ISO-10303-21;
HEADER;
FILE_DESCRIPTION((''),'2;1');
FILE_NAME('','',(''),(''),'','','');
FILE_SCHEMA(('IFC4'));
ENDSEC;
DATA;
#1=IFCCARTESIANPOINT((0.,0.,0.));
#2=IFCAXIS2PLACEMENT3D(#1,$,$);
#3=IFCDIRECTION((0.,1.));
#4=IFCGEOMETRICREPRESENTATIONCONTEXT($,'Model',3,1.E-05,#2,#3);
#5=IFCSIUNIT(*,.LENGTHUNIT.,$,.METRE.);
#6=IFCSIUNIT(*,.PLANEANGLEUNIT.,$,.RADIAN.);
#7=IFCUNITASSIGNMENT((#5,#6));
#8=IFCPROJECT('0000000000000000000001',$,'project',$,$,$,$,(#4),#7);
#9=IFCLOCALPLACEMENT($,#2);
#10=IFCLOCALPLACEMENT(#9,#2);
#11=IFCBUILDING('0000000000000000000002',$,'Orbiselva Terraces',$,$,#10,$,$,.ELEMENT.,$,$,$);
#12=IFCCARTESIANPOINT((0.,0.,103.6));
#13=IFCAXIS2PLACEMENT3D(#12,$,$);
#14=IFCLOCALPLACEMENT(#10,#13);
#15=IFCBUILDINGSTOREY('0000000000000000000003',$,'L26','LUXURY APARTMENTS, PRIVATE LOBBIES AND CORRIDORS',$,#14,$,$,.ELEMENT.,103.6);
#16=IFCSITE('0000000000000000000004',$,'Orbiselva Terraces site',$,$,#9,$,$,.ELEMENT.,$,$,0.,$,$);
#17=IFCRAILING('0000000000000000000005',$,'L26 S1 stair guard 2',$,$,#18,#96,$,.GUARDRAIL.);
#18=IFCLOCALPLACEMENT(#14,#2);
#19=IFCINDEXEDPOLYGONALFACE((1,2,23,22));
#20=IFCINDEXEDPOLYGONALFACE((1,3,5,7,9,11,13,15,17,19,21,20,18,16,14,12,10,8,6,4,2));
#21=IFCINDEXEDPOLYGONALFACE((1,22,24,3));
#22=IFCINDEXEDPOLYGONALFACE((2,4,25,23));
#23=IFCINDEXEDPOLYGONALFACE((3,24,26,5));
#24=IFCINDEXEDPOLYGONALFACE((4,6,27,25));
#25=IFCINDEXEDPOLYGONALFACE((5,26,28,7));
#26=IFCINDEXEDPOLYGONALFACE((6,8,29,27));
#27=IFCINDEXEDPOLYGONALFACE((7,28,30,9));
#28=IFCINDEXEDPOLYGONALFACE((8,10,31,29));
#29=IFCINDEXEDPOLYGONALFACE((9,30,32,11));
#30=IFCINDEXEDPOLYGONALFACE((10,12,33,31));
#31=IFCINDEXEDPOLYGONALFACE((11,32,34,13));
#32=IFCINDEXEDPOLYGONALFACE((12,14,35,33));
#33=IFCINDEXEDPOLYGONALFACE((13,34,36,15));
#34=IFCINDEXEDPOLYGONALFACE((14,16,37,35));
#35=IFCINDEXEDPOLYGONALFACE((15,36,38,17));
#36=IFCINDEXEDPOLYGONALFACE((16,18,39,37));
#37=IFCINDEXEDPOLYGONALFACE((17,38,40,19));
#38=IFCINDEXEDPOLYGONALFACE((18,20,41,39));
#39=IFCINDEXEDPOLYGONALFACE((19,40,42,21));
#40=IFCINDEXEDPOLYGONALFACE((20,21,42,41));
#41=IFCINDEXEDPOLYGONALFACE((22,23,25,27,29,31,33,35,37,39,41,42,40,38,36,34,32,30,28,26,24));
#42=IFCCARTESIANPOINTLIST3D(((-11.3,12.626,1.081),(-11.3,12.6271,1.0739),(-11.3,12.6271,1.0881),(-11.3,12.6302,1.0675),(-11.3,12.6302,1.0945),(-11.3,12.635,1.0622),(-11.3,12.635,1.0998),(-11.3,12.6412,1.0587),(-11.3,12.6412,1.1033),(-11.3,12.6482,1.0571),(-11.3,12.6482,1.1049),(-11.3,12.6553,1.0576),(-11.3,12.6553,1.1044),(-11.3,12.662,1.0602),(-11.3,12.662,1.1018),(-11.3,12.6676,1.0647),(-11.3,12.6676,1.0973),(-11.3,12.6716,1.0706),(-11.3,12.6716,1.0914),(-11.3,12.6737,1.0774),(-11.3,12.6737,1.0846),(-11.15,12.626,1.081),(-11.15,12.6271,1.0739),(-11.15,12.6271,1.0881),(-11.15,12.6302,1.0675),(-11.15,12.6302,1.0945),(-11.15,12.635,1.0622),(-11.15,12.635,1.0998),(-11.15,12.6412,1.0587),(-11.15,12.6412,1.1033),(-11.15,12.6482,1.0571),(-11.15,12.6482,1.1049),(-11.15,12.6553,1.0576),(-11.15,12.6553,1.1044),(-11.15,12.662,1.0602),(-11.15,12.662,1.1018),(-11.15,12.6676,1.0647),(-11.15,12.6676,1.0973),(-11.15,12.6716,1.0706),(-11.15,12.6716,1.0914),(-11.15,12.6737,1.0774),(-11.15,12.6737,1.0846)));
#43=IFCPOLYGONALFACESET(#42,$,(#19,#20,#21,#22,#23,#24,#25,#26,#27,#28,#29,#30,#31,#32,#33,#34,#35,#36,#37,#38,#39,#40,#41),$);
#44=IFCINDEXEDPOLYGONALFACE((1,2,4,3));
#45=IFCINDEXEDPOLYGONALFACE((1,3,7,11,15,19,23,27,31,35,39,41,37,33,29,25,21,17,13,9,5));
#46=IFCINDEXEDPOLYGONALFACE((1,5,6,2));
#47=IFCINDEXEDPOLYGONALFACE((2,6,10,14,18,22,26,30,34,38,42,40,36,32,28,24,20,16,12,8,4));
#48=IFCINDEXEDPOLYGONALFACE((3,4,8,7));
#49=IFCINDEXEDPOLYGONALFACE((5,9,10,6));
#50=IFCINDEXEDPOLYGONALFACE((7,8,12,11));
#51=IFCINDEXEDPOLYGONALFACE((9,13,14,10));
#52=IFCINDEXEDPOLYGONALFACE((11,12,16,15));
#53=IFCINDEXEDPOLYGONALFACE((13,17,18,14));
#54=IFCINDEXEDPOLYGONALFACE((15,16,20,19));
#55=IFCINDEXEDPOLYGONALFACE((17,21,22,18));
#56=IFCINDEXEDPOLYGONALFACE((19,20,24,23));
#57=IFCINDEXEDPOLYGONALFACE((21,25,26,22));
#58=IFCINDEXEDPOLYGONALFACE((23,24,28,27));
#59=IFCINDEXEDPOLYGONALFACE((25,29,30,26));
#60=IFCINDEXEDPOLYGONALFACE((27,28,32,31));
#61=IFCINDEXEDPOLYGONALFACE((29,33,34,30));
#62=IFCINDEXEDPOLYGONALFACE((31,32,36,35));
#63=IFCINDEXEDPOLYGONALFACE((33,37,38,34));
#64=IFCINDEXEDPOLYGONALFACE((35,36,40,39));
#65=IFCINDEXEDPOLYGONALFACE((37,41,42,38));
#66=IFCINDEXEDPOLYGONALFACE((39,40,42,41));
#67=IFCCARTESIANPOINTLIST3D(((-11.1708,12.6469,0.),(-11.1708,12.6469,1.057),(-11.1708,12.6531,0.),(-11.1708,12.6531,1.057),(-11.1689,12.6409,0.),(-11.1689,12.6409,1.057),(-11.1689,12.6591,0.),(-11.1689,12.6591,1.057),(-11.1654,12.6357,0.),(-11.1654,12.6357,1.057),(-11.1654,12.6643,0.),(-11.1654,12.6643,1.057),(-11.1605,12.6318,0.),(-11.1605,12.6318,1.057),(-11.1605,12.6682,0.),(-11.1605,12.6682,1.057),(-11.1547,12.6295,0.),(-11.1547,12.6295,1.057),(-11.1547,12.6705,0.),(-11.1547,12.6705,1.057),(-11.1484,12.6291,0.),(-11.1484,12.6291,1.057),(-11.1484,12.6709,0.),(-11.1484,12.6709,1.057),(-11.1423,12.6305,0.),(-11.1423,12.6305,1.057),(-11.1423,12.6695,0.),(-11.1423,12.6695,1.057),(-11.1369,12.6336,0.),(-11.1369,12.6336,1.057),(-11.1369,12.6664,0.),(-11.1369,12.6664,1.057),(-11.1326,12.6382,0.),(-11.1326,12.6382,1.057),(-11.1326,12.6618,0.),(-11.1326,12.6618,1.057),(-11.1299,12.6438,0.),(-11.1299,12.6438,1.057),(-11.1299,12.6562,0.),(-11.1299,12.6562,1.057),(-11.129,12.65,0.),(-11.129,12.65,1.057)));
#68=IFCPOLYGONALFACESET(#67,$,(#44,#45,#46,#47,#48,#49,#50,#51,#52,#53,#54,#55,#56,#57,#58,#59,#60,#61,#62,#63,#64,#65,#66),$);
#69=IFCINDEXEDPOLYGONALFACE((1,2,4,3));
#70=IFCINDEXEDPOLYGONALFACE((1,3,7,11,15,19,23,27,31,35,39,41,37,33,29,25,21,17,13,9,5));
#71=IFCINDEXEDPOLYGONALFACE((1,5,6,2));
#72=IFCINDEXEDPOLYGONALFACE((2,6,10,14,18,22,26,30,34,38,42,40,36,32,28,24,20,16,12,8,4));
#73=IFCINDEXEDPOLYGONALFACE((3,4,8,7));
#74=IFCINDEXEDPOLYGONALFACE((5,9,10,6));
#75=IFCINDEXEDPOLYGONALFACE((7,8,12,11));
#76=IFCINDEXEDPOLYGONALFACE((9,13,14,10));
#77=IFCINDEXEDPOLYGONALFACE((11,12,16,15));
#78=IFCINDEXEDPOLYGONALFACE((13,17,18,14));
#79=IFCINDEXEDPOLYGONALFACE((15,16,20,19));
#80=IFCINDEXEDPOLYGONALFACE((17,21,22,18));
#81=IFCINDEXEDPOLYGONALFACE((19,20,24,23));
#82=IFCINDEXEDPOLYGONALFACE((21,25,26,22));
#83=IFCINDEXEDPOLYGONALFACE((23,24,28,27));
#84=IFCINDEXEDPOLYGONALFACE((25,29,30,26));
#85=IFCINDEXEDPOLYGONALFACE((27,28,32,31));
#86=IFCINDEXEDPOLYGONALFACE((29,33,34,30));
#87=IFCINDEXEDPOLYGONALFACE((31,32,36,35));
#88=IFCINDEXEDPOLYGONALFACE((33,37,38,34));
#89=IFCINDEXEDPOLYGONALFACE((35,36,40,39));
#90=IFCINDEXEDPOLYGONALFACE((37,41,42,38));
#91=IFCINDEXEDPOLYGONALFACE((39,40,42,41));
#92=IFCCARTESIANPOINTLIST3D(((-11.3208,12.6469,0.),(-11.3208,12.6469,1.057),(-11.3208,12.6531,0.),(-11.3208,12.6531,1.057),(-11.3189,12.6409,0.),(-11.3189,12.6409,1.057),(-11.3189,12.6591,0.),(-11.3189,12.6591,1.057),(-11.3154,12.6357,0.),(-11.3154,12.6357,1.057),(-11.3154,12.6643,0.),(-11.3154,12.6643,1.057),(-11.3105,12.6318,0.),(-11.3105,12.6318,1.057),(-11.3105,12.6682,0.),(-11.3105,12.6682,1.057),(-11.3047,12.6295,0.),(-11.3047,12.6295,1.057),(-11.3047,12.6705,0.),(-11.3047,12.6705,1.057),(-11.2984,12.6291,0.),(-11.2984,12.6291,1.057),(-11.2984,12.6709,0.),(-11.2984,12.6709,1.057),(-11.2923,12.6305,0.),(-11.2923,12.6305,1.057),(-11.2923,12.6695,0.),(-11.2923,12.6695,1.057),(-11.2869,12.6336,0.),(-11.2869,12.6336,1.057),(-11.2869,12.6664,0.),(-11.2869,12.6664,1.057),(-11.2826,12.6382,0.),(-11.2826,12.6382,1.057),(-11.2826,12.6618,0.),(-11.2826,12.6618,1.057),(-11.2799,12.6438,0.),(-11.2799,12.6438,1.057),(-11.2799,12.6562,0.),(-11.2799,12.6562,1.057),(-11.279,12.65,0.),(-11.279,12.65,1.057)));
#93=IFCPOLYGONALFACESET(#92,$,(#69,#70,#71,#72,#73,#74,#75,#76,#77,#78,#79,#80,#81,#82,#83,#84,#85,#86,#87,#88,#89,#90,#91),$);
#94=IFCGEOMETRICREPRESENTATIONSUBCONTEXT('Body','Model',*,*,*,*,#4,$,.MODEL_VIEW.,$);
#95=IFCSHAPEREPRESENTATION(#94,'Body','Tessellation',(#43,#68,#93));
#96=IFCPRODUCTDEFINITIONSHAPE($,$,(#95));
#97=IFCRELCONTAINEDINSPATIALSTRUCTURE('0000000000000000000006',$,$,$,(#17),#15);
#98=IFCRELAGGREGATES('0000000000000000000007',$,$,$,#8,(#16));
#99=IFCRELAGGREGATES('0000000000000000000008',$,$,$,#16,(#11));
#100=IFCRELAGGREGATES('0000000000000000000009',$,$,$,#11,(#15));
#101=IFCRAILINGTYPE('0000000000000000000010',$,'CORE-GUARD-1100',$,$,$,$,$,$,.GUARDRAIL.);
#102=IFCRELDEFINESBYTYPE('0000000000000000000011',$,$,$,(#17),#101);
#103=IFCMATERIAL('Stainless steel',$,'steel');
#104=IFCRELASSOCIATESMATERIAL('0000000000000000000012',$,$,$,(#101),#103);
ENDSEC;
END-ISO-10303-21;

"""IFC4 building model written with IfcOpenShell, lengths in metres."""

from ifc_helpers import new_model, si_unit, direction, frame, origin, origin_2d, place, context, subcontext, project, spatial, circle, extrude, material, type_object, element, save


model = new_model("IFC4")

# Units and contexts
model_context = context("Model", 3, precision=1e-05, world=origin(), true_north=direction((0.0, 1.0)))
body_context = subcontext(model_context, "Body", "Model", "MODEL_VIEW")
ifc_project = project(units=[si_unit("LENGTHUNIT", "METRE"), si_unit("PLANEANGLEUNIT", "RADIAN")], contexts=[model_context])

# Site, building, storey
site_placement = place(None, origin())
site = spatial("IfcSite", under=ifc_project, at=site_placement, Name="Orbiselva Terraces site", CompositionType="ELEMENT", RefElevation=0.0)
building_placement = place(site_placement, origin())
building = spatial("IfcBuilding", under=site, at=building_placement, Name="Orbiselva Terraces", CompositionType="ELEMENT")
storey_placement = place(building_placement, frame((0.0, 0.0, 103.6)))
storey = spatial("IfcBuildingStorey", under=building, at=storey_placement, Name="L26", Description="LUXURY APARTMENTS, PRIVATE LOBBIES AND CORRIDORS", CompositionType="ELEMENT", Elevation=103.6)

# Railing
ifc_material_1 = material(Name="Stainless steel", Category="steel")
railing_type_1 = type_object("IfcRailingType", Name="CORE-GUARD-1100", PredefinedType="GUARDRAIL", material=ifc_material_1)
railing_1_placement = place(storey_placement, frame((-11.15, 12.65, 0.0)))
element("IfcRailing", 1, at=railing_1_placement, inside=storey, type_object=railing_type_1, Name="L26 S1 stair guard 2", PredefinedType="GUARDRAIL", context=body_context, shape_type="SweptSolid", body=[
    extrude(circle(Radius=0.024, at=origin_2d()), frame((0.0, 0.0, 1.081), z_axis=(-1.0, 0.0, 0.0), x_axis=(0.0, -1.0, 0.0)), (0.0, 0.0, 1.0), 0.15),
    extrude(circle(Radius=0.021, at=origin_2d()), origin(), (0.0, 0.0, 1.0), 1.057),
    extrude(circle(Radius=0.021, at=origin_2d()), frame((-0.15, 0.0, 0.0)), (0.0, 0.0, 1.0), 1.057),
])

save(model, "model.ifc")
